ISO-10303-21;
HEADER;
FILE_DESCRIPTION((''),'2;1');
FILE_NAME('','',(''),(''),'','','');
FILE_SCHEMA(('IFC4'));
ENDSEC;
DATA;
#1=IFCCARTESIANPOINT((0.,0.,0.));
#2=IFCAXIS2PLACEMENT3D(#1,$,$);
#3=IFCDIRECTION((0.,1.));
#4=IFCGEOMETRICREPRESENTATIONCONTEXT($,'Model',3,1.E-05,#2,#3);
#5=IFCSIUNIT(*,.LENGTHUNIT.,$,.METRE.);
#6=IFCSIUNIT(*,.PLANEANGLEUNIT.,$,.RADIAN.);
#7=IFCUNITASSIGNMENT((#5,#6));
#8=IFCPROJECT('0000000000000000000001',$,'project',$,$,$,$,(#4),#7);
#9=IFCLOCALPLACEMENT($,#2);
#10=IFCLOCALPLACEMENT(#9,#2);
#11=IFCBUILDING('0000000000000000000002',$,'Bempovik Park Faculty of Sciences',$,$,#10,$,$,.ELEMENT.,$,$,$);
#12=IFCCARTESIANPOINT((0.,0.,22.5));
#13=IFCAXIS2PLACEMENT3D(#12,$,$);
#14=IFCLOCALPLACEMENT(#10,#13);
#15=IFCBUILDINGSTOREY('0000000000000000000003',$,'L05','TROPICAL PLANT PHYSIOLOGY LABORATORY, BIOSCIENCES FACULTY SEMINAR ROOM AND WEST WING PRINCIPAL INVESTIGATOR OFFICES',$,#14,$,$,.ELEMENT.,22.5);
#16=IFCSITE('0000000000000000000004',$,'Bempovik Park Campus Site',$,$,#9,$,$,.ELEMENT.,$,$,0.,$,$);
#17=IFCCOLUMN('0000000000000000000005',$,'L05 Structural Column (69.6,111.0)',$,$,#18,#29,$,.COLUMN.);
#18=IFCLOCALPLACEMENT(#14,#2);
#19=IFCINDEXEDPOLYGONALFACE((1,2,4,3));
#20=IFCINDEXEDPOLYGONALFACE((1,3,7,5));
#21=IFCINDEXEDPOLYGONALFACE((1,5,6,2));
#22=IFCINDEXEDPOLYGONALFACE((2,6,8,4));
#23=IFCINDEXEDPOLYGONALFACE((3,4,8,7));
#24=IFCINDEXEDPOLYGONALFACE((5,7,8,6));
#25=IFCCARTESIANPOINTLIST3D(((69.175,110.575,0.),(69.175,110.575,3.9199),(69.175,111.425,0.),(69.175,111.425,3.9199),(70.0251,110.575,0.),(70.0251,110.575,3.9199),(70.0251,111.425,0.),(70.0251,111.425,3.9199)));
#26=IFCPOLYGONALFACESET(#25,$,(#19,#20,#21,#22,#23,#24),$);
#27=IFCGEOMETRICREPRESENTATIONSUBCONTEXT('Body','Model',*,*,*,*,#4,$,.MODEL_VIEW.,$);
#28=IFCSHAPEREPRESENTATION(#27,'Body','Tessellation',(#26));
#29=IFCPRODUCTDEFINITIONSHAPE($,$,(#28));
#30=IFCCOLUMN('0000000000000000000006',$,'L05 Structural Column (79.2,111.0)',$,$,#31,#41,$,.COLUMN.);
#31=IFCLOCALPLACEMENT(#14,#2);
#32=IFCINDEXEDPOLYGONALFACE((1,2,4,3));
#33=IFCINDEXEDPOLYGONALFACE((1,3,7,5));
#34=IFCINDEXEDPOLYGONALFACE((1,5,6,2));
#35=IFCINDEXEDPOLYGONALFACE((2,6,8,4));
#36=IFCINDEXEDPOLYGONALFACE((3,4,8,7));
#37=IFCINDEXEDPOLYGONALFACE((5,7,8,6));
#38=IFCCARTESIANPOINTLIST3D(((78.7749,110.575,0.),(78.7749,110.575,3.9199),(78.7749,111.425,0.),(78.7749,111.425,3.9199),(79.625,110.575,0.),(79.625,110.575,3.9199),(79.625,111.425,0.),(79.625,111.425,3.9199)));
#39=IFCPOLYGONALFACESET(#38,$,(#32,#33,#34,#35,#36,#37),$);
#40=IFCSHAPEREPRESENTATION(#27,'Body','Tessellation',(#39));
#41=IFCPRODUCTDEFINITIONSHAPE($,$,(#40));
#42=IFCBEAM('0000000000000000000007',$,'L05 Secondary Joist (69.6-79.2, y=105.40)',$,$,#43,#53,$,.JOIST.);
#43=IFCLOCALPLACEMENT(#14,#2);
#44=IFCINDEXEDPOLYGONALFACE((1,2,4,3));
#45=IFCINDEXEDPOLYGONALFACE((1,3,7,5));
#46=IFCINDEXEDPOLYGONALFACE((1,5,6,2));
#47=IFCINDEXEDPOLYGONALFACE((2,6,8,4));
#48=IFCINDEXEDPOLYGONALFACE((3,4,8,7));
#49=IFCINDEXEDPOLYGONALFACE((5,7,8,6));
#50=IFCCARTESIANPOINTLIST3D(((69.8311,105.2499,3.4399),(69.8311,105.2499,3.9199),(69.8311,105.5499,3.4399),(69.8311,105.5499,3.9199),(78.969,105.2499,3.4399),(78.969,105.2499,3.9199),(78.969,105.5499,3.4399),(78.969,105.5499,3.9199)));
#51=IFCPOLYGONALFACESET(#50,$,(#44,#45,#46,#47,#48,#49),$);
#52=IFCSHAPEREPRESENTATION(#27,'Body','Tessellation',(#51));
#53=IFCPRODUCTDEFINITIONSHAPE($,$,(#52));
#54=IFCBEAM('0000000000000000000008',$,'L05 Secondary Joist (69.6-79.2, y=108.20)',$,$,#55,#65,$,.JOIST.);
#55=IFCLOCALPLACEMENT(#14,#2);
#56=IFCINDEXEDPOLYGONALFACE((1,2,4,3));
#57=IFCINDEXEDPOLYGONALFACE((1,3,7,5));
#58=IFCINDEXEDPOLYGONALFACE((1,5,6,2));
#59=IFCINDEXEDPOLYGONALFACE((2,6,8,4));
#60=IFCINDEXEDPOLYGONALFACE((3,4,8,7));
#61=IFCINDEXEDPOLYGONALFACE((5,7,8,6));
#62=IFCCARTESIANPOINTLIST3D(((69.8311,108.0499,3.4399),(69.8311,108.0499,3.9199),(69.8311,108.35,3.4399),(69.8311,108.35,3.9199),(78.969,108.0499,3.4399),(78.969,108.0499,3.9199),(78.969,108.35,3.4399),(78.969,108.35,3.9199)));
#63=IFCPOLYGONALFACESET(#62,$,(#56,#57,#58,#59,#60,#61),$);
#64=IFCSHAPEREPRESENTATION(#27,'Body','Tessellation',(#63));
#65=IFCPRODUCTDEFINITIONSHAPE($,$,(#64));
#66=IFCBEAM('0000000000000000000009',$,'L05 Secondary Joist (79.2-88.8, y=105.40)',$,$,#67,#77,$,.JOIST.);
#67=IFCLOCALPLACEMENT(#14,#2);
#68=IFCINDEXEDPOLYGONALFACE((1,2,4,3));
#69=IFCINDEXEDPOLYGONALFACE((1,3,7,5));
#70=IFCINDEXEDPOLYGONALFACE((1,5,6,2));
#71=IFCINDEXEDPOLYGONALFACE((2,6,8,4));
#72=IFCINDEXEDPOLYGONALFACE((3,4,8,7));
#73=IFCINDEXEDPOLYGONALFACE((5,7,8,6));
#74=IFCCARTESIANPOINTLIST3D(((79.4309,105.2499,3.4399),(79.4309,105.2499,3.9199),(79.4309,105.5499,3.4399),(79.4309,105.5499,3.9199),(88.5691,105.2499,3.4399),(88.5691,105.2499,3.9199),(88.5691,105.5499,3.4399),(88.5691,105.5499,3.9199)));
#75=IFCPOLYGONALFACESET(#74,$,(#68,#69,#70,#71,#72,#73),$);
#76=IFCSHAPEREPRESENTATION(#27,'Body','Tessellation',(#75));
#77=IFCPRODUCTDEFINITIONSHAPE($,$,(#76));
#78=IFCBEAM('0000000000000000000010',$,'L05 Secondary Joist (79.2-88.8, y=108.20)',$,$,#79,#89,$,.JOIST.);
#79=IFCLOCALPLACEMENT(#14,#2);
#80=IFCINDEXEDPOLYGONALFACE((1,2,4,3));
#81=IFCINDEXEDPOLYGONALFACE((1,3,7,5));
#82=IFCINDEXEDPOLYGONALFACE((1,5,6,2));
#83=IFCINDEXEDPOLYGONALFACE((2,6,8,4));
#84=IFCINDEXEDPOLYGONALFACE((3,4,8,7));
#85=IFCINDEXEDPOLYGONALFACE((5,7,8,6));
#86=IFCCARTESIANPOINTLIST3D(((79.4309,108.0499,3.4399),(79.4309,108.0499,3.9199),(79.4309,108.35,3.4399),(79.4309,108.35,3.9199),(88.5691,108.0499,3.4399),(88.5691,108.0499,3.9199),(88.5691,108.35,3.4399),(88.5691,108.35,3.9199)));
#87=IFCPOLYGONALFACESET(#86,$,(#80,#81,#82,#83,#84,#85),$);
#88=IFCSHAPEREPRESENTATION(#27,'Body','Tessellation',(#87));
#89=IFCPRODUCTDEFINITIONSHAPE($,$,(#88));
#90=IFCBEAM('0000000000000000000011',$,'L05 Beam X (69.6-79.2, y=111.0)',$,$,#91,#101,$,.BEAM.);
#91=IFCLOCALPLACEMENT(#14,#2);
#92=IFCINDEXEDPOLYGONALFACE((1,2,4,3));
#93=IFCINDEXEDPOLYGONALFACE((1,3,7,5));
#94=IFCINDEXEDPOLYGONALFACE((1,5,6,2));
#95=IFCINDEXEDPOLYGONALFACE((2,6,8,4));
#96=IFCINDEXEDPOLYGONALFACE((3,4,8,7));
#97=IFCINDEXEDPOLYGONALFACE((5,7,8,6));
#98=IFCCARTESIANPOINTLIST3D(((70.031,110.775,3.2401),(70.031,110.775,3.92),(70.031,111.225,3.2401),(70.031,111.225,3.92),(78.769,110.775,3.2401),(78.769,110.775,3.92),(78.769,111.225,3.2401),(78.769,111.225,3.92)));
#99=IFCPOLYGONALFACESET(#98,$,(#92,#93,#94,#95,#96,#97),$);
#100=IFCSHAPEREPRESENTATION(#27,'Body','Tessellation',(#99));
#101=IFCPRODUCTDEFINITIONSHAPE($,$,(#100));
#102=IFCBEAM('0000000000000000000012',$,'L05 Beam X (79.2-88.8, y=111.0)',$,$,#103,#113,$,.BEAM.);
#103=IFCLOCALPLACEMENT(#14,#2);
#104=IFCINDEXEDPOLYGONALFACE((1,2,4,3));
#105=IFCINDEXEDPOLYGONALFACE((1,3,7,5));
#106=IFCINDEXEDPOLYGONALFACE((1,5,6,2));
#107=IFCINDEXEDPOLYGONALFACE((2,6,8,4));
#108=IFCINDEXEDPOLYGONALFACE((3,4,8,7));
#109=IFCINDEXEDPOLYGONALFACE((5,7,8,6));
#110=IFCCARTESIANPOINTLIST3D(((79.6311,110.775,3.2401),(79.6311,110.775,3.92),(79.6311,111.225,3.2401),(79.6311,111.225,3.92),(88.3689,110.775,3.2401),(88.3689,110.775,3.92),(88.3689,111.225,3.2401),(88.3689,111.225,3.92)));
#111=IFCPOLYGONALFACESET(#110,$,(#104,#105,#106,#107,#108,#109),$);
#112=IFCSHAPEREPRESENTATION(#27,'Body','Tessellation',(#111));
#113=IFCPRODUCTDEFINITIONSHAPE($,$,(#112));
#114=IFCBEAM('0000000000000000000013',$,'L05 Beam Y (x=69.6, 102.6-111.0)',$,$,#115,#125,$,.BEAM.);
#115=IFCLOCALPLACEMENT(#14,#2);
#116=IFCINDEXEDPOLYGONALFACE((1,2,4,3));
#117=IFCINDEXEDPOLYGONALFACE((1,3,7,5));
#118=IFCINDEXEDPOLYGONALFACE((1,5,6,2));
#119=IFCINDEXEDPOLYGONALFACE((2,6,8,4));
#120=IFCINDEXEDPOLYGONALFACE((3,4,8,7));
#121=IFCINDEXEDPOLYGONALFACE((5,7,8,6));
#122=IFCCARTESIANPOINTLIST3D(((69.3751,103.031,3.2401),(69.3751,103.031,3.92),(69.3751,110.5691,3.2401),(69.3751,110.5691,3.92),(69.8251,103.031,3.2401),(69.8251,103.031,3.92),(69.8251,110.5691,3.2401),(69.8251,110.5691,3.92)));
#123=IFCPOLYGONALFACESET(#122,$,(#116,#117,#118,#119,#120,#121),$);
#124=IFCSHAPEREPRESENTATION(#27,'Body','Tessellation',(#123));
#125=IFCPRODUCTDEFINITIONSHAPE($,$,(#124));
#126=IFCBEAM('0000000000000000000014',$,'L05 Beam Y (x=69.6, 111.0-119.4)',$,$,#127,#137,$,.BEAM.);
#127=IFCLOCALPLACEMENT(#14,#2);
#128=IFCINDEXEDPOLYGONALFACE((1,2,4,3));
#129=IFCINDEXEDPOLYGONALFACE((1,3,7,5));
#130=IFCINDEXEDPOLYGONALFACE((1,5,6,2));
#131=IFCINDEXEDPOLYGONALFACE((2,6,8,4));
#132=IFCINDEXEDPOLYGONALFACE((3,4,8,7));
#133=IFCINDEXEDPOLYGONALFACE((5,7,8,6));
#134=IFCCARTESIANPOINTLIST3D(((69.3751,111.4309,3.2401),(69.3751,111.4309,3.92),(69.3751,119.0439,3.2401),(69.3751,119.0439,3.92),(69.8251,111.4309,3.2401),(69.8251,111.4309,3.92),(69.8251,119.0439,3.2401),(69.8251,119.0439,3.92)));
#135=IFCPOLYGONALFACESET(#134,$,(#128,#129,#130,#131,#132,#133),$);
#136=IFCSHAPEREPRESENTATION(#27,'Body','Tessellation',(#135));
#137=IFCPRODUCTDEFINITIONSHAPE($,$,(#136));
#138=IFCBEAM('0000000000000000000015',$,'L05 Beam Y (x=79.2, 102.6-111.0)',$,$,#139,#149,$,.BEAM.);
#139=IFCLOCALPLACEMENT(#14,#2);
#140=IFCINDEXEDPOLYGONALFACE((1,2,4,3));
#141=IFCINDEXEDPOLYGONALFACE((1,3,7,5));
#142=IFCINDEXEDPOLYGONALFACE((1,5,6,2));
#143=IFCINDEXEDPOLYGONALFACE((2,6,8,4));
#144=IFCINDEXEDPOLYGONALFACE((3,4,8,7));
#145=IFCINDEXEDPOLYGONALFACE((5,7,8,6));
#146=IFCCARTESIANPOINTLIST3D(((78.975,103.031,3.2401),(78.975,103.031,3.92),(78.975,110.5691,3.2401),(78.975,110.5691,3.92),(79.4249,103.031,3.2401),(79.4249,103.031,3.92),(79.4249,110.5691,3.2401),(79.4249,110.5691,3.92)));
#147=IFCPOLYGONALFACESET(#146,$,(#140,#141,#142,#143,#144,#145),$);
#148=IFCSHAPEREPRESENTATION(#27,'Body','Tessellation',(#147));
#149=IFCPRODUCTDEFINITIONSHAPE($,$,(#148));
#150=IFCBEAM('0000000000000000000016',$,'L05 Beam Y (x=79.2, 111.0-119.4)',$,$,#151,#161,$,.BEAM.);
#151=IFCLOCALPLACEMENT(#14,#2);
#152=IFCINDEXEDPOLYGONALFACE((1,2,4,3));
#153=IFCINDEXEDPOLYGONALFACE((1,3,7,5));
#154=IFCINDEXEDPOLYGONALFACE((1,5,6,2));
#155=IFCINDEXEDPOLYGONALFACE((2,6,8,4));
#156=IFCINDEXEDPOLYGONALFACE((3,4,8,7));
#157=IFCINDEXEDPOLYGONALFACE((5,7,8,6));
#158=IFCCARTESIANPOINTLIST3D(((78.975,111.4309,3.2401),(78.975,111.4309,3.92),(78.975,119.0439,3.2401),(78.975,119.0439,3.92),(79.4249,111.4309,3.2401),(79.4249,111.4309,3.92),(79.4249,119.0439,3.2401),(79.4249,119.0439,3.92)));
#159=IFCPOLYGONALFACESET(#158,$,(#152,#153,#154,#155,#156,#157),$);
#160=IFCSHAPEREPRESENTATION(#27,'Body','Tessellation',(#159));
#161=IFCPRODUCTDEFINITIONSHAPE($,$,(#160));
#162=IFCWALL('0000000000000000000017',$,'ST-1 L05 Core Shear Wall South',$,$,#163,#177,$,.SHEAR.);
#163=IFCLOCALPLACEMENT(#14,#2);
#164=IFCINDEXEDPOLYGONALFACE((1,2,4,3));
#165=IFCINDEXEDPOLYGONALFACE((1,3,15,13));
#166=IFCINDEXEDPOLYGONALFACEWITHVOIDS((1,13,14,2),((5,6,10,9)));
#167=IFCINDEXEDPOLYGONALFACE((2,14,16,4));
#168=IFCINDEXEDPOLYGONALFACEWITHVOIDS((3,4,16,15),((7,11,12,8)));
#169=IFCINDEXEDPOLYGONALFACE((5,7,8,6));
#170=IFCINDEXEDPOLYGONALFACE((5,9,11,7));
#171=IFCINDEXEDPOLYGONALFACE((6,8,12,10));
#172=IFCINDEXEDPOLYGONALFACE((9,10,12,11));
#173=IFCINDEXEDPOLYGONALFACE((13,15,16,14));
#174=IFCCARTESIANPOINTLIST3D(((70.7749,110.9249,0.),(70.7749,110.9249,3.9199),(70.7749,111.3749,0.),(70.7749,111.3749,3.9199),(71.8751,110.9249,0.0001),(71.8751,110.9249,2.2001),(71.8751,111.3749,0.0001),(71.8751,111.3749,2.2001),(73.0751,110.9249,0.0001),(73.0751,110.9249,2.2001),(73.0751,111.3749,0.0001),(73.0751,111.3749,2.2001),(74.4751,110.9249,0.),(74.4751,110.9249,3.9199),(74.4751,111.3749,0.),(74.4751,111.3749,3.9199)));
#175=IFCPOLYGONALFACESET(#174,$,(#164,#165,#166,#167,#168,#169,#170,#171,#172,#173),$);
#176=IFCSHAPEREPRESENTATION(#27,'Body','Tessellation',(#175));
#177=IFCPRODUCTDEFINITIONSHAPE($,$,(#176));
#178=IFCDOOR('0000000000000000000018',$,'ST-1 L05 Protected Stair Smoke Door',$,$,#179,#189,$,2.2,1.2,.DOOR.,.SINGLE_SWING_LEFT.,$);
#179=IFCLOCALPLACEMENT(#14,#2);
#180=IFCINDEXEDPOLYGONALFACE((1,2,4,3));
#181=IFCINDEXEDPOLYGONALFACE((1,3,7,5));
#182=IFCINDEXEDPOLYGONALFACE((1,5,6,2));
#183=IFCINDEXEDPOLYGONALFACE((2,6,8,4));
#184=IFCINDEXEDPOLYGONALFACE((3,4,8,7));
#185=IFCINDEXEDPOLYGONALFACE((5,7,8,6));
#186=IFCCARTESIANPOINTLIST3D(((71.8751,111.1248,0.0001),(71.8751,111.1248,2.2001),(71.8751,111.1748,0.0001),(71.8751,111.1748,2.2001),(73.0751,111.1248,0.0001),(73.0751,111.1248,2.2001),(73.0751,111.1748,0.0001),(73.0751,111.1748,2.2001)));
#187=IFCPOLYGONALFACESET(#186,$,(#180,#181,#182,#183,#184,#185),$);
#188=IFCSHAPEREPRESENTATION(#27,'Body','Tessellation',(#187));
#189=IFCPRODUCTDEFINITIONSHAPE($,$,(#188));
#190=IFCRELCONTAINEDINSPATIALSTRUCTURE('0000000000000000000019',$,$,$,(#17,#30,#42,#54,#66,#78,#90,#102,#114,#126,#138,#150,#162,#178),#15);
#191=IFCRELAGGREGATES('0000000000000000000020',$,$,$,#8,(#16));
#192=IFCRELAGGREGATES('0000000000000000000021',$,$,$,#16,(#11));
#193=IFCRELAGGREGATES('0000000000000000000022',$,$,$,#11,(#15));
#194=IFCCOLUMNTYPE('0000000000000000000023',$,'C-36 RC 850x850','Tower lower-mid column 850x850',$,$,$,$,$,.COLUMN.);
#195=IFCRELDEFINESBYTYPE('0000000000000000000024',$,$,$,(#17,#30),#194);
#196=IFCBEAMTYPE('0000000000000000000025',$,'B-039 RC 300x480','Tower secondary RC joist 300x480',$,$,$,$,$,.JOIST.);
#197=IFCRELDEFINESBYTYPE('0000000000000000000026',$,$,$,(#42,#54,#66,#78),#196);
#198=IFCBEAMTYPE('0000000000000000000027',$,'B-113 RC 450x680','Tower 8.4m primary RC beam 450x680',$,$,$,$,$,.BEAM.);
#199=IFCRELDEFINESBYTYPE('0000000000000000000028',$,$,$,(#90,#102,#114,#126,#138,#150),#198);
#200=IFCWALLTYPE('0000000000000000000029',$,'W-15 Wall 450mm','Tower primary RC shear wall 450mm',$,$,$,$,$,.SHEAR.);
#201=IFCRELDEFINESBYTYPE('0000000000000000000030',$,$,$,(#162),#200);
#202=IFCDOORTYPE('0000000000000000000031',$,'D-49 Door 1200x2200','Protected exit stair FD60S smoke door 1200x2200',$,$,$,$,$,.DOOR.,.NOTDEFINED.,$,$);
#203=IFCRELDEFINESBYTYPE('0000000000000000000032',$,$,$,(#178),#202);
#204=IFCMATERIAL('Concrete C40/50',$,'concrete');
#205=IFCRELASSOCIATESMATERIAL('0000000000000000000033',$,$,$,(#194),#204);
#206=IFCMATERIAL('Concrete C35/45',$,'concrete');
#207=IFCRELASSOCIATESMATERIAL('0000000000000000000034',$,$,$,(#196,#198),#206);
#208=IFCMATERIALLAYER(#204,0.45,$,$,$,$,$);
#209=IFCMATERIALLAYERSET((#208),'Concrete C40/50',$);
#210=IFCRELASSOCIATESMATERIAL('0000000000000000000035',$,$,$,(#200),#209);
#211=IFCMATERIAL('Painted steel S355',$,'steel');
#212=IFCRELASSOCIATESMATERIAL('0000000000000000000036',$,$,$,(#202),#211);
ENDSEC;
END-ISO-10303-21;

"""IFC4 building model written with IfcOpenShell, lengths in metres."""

from ifc_helpers import new_model, si_unit, direction, frame, frame_2d, origin, origin_2d, place, context, subcontext, project, spatial, rectangle, extrude, material, layer, layer_set, material_profile, profile_set, type_object, element, fill, save


model = new_model("IFC4")

# Units and contexts
model_context = context("Model", 3, precision=1e-05, world=origin(), true_north=direction((0.0, 1.0)))
body_context = subcontext(model_context, "Body", "Model", "MODEL_VIEW")
ifc_project = project(units=[si_unit("LENGTHUNIT", "METRE"), si_unit("PLANEANGLEUNIT", "RADIAN")], contexts=[model_context])

# Site, building, storey
site_placement = place(None, origin())
site = spatial("IfcSite", under=ifc_project, at=site_placement, Name="Bempovik Park Campus Site", CompositionType="ELEMENT", RefElevation=0.0)
building_placement = place(site_placement, origin())
building = spatial("IfcBuilding", under=site, at=building_placement, Name="Bempovik Park Faculty of Sciences", CompositionType="ELEMENT")
storey_placement = place(building_placement, frame((0.0, 0.0, 22.5)))
storey = spatial("IfcBuildingStorey", under=building, at=storey_placement, Name="L05", Description="TROPICAL PLANT PHYSIOLOGY LABORATORY, BIOSCIENCES FACULTY SEMINAR ROOM AND WEST WING PRINCIPAL INVESTIGATOR OFFICES", CompositionType="ELEMENT", Elevation=22.5)

# Columns
ifc_material_1 = material(Name="Concrete C40/50", Category="concrete")
ifc_material_profile_1 = material_profile(ifc_material_1, rectangle(XDim=0.8501, YDim=0.8501, at=origin_2d()), Name="RC 850x850")
ifc_profile_set_1 = profile_set([ifc_material_profile_1], Name="Concrete C40/50")
column_type = type_object("IfcColumnType", Name="C-36 RC 850x850", Description="Tower lower-mid column 850x850", PredefinedType="COLUMN", material=ifc_profile_set_1)
for number, where, z_axis, x_axis, name in (
    (1, (69.6001, 111.0, 0.0), (0.0, 0.0, 1.0), (1.0, 0.0, 0.0), "L05 Structural Column (69.6,111.0)"),
    (2, (79.2, 111.0, 0.0), (0.0, 0.0, 1.0), (1.0, 0.0, 0.0), "L05 Structural Column (79.2,111.0)"),
):
    element("IfcColumn", number, at=place(storey_placement, frame(where, z_axis=z_axis, x_axis=x_axis)), inside=storey, type_object=column_type, Name=name, PredefinedType="COLUMN", context=body_context, shape_type="SweptSolid", body=[
        extrude(rectangle(XDim=0.8501, YDim=0.8501, at=origin_2d()), origin(), (0.0, 0.0, 1.0), 3.9199),
    ])

# Beams
ifc_material_2 = material(Name="Concrete C35/45", Category="concrete")
ifc_material_profile_2 = material_profile(ifc_material_2, rectangle(XDim=0.3, YDim=0.48, at=origin_2d()), Name="RC 300x480")
ifc_profile_set_2 = profile_set([ifc_material_profile_2], Name="Concrete C35/45")
beam_type_1 = type_object("IfcBeamType", Name="B-039 RC 300x480", Description="Tower secondary RC joist 300x480", PredefinedType="JOIST", material=ifc_profile_set_2)
for number, where, z_axis, x_axis, name in (
    (3, (69.8311, 105.3999, 3.6799), (1.0, 0.0, 0.0), (0.0, 1.0, 0.0), "L05 Secondary Joist (69.6-79.2, y=105.40)"),
    (4, (69.8311, 108.2, 3.6799), (1.0, 0.0, 0.0), (0.0, 1.0, 0.0), "L05 Secondary Joist (69.6-79.2, y=108.20)"),
):
    element("IfcBeam", number, at=place(storey_placement, frame(where, z_axis=z_axis, x_axis=x_axis)), inside=storey, type_object=beam_type_1, Name=name, PredefinedType="JOIST", context=body_context, shape_type="SweptSolid", body=[
        extrude(rectangle(XDim=0.3, YDim=0.48, at=origin_2d()), origin(), (0.0, 0.0, 1.0), 9.1379),
    ])
for number, where, z_axis, x_axis, name in (
    (5, (79.4309, 105.3999, 3.6799), (1.0, 0.0, 0.0), (0.0, 1.0, 0.0), "L05 Secondary Joist (79.2-88.8, y=105.40)"),
    (6, (79.4309, 108.2, 3.6799), (1.0, 0.0, 0.0), (0.0, 1.0, 0.0), "L05 Secondary Joist (79.2-88.8, y=108.20)"),
):
    element("IfcBeam", number, at=place(storey_placement, frame(where, z_axis=z_axis, x_axis=x_axis)), inside=storey, type_object=beam_type_1, Name=name, PredefinedType="JOIST", context=body_context, shape_type="SweptSolid", body=[
        extrude(rectangle(XDim=0.3, YDim=0.48, at=origin_2d()), origin(), (0.0, 0.0, 1.0), 9.1382),
    ])
ifc_material_profile_3 = material_profile(ifc_material_2, rectangle(XDim=0.45, YDim=0.6799, at=origin_2d()), Name="RC 450x680")
ifc_profile_set_3 = profile_set([ifc_material_profile_3], Name="Concrete C35/45")
beam_type_2 = type_object("IfcBeamType", Name="B-113 RC 450x680", Description="Tower 8.4m primary RC beam 450x680", PredefinedType="BEAM", material=ifc_profile_set_3)
beam_1_placement = place(storey_placement, frame((70.031, 111.0, 3.5801), z_axis=(1.0, 0.0, 0.0), x_axis=(0.0, 1.0, 0.0)))
element("IfcBeam", 7, at=beam_1_placement, inside=storey, type_object=beam_type_2, Name="L05 Beam X (69.6-79.2, y=111.0)", PredefinedType="BEAM", context=body_context, shape_type="SweptSolid", body=[
    extrude(rectangle(XDim=0.45, YDim=0.6799, at=origin_2d()), origin(), (0.0, 0.0, 1.0), 8.738),
])
beam_2_placement = place(storey_placement, frame((79.6311, 111.0, 3.5801), z_axis=(1.0, 0.0, 0.0), x_axis=(0.0, 1.0, 0.0)))
element("IfcBeam", 8, at=beam_2_placement, inside=storey, type_object=beam_type_2, Name="L05 Beam X (79.2-88.8, y=111.0)", PredefinedType="BEAM", context=body_context, shape_type="SweptSolid", body=[
    extrude(rectangle(XDim=0.45, YDim=0.6799, at=origin_2d()), origin(), (0.0, 0.0, 1.0), 8.7378),
])
beam_3_placement = place(storey_placement, frame((69.6001, 103.031, 3.5801), z_axis=(0.0, 1.0, 0.0), x_axis=(-1.0, 0.0, 0.0)))
element("IfcBeam", 9, at=beam_3_placement, inside=storey, type_object=beam_type_2, Name="L05 Beam Y (x=69.6, 102.6-111.0)", PredefinedType="BEAM", context=body_context, shape_type="SweptSolid", body=[
    extrude(rectangle(XDim=0.45, YDim=0.6799, at=origin_2d()), origin(), (0.0, 0.0, 1.0), 7.5381),
])
beam_4_placement = place(storey_placement, frame((69.6001, 111.4309, 3.5801), z_axis=(0.0, 1.0, 0.0), x_axis=(-1.0, 0.0, 0.0)))
element("IfcBeam", 10, at=beam_4_placement, inside=storey, type_object=beam_type_2, Name="L05 Beam Y (x=69.6, 111.0-119.4)", PredefinedType="BEAM", context=body_context, shape_type="SweptSolid", body=[
    extrude(rectangle(XDim=0.45, YDim=0.6799, at=origin_2d()), origin(), (0.0, 0.0, 1.0), 7.613),
])
beam_5_placement = place(storey_placement, frame((79.2, 103.031, 3.5801), z_axis=(0.0, 1.0, 0.0), x_axis=(-1.0, 0.0, 0.0)))
element("IfcBeam", 11, at=beam_5_placement, inside=storey, type_object=beam_type_2, Name="L05 Beam Y (x=79.2, 102.6-111.0)", PredefinedType="BEAM", context=body_context, shape_type="SweptSolid", body=[
    extrude(rectangle(XDim=0.45, YDim=0.6799, at=origin_2d()), origin(), (0.0, 0.0, 1.0), 7.5381),
])
beam_6_placement = place(storey_placement, frame((79.2, 111.4309, 3.5801), z_axis=(0.0, 1.0, 0.0), x_axis=(-1.0, 0.0, 0.0)))
element("IfcBeam", 12, at=beam_6_placement, inside=storey, type_object=beam_type_2, Name="L05 Beam Y (x=79.2, 111.0-119.4)", PredefinedType="BEAM", context=body_context, shape_type="SweptSolid", body=[
    extrude(rectangle(XDim=0.45, YDim=0.6799, at=origin_2d()), origin(), (0.0, 0.0, 1.0), 7.613),
])

# Wall, opening, door
ifc_layer_1 = layer(ifc_material_1, 0.45)
ifc_layer_set_1 = layer_set([ifc_layer_1], Name="Concrete C40/50")
wall_type_1 = type_object("IfcWallType", Name="W-15 Wall 450mm", Description="Tower primary RC shear wall 450mm", PredefinedType="SHEAR", material=ifc_layer_set_1)
wall_1_placement = place(storey_placement, frame((70.7749, 111.1499, 0.0), z_axis=(0.0, 0.0, 1.0), x_axis=(1.0, 0.0, 0.0)))
wall_1 = element("IfcWall", 13, at=wall_1_placement, inside=storey, type_object=wall_type_1, Name="ST-1 L05 Core Shear Wall South", PredefinedType="SHEAR", context=body_context, shape_type="SweptSolid", body=[
    extrude(rectangle(XDim=3.7002, YDim=0.45, at=frame_2d((1.8501, 0.0))), origin(), (0.0, 0.0, 1.0), 3.9199),
])
opening_1_placement = place(wall_1_placement, frame((1.1001, 0.0, 0.0)))
opening_1 = element("IfcOpeningElement", 14, at=opening_1_placement, cuts=wall_1, PredefinedType="OPENING", context=body_context, shape_type="SweptSolid", body=[
    extrude(rectangle(XDim=1.2, YDim=2.2, at=frame_2d((0.6001, 1.1001))), frame((0.0, 0.2349, 0.0), z_axis=(0.0, -1.0, 0.0), x_axis=(1.0, 0.0, 0.0)), (0.0, 0.0, 1.0), 0.47),
])
ifc_material_3 = material(Name="Painted steel S355", Category="steel")
door_type_1 = type_object("IfcDoorType", Name="D-49 Door 1200x2200", Description="Protected exit stair FD60S smoke door 1200x2200", OperationType="NOTDEFINED", PredefinedType="DOOR", material=ifc_material_3)
door_1_placement = place(opening_1_placement, origin())
door_1 = element("IfcDoor", 15, at=door_1_placement, inside=storey, type_object=door_type_1, Name="ST-1 L05 Protected Stair Smoke Door", OperationType="SINGLE_SWING_LEFT", OverallHeight=2.2, OverallWidth=1.2, PredefinedType="DOOR", context=body_context, shape_type="SweptSolid", body=[
    extrude(rectangle(XDim=1.2, YDim=2.2, at=frame_2d((0.6001, 1.1001))), frame((0.0, 0.0249, 0.0), z_axis=(0.0, -1.0, 0.0), x_axis=(1.0, 0.0, 0.0)), (0.0, 0.0, 1.0), 0.05),
])
fill(opening_1, door_1)

save(model, "model.ifc")
